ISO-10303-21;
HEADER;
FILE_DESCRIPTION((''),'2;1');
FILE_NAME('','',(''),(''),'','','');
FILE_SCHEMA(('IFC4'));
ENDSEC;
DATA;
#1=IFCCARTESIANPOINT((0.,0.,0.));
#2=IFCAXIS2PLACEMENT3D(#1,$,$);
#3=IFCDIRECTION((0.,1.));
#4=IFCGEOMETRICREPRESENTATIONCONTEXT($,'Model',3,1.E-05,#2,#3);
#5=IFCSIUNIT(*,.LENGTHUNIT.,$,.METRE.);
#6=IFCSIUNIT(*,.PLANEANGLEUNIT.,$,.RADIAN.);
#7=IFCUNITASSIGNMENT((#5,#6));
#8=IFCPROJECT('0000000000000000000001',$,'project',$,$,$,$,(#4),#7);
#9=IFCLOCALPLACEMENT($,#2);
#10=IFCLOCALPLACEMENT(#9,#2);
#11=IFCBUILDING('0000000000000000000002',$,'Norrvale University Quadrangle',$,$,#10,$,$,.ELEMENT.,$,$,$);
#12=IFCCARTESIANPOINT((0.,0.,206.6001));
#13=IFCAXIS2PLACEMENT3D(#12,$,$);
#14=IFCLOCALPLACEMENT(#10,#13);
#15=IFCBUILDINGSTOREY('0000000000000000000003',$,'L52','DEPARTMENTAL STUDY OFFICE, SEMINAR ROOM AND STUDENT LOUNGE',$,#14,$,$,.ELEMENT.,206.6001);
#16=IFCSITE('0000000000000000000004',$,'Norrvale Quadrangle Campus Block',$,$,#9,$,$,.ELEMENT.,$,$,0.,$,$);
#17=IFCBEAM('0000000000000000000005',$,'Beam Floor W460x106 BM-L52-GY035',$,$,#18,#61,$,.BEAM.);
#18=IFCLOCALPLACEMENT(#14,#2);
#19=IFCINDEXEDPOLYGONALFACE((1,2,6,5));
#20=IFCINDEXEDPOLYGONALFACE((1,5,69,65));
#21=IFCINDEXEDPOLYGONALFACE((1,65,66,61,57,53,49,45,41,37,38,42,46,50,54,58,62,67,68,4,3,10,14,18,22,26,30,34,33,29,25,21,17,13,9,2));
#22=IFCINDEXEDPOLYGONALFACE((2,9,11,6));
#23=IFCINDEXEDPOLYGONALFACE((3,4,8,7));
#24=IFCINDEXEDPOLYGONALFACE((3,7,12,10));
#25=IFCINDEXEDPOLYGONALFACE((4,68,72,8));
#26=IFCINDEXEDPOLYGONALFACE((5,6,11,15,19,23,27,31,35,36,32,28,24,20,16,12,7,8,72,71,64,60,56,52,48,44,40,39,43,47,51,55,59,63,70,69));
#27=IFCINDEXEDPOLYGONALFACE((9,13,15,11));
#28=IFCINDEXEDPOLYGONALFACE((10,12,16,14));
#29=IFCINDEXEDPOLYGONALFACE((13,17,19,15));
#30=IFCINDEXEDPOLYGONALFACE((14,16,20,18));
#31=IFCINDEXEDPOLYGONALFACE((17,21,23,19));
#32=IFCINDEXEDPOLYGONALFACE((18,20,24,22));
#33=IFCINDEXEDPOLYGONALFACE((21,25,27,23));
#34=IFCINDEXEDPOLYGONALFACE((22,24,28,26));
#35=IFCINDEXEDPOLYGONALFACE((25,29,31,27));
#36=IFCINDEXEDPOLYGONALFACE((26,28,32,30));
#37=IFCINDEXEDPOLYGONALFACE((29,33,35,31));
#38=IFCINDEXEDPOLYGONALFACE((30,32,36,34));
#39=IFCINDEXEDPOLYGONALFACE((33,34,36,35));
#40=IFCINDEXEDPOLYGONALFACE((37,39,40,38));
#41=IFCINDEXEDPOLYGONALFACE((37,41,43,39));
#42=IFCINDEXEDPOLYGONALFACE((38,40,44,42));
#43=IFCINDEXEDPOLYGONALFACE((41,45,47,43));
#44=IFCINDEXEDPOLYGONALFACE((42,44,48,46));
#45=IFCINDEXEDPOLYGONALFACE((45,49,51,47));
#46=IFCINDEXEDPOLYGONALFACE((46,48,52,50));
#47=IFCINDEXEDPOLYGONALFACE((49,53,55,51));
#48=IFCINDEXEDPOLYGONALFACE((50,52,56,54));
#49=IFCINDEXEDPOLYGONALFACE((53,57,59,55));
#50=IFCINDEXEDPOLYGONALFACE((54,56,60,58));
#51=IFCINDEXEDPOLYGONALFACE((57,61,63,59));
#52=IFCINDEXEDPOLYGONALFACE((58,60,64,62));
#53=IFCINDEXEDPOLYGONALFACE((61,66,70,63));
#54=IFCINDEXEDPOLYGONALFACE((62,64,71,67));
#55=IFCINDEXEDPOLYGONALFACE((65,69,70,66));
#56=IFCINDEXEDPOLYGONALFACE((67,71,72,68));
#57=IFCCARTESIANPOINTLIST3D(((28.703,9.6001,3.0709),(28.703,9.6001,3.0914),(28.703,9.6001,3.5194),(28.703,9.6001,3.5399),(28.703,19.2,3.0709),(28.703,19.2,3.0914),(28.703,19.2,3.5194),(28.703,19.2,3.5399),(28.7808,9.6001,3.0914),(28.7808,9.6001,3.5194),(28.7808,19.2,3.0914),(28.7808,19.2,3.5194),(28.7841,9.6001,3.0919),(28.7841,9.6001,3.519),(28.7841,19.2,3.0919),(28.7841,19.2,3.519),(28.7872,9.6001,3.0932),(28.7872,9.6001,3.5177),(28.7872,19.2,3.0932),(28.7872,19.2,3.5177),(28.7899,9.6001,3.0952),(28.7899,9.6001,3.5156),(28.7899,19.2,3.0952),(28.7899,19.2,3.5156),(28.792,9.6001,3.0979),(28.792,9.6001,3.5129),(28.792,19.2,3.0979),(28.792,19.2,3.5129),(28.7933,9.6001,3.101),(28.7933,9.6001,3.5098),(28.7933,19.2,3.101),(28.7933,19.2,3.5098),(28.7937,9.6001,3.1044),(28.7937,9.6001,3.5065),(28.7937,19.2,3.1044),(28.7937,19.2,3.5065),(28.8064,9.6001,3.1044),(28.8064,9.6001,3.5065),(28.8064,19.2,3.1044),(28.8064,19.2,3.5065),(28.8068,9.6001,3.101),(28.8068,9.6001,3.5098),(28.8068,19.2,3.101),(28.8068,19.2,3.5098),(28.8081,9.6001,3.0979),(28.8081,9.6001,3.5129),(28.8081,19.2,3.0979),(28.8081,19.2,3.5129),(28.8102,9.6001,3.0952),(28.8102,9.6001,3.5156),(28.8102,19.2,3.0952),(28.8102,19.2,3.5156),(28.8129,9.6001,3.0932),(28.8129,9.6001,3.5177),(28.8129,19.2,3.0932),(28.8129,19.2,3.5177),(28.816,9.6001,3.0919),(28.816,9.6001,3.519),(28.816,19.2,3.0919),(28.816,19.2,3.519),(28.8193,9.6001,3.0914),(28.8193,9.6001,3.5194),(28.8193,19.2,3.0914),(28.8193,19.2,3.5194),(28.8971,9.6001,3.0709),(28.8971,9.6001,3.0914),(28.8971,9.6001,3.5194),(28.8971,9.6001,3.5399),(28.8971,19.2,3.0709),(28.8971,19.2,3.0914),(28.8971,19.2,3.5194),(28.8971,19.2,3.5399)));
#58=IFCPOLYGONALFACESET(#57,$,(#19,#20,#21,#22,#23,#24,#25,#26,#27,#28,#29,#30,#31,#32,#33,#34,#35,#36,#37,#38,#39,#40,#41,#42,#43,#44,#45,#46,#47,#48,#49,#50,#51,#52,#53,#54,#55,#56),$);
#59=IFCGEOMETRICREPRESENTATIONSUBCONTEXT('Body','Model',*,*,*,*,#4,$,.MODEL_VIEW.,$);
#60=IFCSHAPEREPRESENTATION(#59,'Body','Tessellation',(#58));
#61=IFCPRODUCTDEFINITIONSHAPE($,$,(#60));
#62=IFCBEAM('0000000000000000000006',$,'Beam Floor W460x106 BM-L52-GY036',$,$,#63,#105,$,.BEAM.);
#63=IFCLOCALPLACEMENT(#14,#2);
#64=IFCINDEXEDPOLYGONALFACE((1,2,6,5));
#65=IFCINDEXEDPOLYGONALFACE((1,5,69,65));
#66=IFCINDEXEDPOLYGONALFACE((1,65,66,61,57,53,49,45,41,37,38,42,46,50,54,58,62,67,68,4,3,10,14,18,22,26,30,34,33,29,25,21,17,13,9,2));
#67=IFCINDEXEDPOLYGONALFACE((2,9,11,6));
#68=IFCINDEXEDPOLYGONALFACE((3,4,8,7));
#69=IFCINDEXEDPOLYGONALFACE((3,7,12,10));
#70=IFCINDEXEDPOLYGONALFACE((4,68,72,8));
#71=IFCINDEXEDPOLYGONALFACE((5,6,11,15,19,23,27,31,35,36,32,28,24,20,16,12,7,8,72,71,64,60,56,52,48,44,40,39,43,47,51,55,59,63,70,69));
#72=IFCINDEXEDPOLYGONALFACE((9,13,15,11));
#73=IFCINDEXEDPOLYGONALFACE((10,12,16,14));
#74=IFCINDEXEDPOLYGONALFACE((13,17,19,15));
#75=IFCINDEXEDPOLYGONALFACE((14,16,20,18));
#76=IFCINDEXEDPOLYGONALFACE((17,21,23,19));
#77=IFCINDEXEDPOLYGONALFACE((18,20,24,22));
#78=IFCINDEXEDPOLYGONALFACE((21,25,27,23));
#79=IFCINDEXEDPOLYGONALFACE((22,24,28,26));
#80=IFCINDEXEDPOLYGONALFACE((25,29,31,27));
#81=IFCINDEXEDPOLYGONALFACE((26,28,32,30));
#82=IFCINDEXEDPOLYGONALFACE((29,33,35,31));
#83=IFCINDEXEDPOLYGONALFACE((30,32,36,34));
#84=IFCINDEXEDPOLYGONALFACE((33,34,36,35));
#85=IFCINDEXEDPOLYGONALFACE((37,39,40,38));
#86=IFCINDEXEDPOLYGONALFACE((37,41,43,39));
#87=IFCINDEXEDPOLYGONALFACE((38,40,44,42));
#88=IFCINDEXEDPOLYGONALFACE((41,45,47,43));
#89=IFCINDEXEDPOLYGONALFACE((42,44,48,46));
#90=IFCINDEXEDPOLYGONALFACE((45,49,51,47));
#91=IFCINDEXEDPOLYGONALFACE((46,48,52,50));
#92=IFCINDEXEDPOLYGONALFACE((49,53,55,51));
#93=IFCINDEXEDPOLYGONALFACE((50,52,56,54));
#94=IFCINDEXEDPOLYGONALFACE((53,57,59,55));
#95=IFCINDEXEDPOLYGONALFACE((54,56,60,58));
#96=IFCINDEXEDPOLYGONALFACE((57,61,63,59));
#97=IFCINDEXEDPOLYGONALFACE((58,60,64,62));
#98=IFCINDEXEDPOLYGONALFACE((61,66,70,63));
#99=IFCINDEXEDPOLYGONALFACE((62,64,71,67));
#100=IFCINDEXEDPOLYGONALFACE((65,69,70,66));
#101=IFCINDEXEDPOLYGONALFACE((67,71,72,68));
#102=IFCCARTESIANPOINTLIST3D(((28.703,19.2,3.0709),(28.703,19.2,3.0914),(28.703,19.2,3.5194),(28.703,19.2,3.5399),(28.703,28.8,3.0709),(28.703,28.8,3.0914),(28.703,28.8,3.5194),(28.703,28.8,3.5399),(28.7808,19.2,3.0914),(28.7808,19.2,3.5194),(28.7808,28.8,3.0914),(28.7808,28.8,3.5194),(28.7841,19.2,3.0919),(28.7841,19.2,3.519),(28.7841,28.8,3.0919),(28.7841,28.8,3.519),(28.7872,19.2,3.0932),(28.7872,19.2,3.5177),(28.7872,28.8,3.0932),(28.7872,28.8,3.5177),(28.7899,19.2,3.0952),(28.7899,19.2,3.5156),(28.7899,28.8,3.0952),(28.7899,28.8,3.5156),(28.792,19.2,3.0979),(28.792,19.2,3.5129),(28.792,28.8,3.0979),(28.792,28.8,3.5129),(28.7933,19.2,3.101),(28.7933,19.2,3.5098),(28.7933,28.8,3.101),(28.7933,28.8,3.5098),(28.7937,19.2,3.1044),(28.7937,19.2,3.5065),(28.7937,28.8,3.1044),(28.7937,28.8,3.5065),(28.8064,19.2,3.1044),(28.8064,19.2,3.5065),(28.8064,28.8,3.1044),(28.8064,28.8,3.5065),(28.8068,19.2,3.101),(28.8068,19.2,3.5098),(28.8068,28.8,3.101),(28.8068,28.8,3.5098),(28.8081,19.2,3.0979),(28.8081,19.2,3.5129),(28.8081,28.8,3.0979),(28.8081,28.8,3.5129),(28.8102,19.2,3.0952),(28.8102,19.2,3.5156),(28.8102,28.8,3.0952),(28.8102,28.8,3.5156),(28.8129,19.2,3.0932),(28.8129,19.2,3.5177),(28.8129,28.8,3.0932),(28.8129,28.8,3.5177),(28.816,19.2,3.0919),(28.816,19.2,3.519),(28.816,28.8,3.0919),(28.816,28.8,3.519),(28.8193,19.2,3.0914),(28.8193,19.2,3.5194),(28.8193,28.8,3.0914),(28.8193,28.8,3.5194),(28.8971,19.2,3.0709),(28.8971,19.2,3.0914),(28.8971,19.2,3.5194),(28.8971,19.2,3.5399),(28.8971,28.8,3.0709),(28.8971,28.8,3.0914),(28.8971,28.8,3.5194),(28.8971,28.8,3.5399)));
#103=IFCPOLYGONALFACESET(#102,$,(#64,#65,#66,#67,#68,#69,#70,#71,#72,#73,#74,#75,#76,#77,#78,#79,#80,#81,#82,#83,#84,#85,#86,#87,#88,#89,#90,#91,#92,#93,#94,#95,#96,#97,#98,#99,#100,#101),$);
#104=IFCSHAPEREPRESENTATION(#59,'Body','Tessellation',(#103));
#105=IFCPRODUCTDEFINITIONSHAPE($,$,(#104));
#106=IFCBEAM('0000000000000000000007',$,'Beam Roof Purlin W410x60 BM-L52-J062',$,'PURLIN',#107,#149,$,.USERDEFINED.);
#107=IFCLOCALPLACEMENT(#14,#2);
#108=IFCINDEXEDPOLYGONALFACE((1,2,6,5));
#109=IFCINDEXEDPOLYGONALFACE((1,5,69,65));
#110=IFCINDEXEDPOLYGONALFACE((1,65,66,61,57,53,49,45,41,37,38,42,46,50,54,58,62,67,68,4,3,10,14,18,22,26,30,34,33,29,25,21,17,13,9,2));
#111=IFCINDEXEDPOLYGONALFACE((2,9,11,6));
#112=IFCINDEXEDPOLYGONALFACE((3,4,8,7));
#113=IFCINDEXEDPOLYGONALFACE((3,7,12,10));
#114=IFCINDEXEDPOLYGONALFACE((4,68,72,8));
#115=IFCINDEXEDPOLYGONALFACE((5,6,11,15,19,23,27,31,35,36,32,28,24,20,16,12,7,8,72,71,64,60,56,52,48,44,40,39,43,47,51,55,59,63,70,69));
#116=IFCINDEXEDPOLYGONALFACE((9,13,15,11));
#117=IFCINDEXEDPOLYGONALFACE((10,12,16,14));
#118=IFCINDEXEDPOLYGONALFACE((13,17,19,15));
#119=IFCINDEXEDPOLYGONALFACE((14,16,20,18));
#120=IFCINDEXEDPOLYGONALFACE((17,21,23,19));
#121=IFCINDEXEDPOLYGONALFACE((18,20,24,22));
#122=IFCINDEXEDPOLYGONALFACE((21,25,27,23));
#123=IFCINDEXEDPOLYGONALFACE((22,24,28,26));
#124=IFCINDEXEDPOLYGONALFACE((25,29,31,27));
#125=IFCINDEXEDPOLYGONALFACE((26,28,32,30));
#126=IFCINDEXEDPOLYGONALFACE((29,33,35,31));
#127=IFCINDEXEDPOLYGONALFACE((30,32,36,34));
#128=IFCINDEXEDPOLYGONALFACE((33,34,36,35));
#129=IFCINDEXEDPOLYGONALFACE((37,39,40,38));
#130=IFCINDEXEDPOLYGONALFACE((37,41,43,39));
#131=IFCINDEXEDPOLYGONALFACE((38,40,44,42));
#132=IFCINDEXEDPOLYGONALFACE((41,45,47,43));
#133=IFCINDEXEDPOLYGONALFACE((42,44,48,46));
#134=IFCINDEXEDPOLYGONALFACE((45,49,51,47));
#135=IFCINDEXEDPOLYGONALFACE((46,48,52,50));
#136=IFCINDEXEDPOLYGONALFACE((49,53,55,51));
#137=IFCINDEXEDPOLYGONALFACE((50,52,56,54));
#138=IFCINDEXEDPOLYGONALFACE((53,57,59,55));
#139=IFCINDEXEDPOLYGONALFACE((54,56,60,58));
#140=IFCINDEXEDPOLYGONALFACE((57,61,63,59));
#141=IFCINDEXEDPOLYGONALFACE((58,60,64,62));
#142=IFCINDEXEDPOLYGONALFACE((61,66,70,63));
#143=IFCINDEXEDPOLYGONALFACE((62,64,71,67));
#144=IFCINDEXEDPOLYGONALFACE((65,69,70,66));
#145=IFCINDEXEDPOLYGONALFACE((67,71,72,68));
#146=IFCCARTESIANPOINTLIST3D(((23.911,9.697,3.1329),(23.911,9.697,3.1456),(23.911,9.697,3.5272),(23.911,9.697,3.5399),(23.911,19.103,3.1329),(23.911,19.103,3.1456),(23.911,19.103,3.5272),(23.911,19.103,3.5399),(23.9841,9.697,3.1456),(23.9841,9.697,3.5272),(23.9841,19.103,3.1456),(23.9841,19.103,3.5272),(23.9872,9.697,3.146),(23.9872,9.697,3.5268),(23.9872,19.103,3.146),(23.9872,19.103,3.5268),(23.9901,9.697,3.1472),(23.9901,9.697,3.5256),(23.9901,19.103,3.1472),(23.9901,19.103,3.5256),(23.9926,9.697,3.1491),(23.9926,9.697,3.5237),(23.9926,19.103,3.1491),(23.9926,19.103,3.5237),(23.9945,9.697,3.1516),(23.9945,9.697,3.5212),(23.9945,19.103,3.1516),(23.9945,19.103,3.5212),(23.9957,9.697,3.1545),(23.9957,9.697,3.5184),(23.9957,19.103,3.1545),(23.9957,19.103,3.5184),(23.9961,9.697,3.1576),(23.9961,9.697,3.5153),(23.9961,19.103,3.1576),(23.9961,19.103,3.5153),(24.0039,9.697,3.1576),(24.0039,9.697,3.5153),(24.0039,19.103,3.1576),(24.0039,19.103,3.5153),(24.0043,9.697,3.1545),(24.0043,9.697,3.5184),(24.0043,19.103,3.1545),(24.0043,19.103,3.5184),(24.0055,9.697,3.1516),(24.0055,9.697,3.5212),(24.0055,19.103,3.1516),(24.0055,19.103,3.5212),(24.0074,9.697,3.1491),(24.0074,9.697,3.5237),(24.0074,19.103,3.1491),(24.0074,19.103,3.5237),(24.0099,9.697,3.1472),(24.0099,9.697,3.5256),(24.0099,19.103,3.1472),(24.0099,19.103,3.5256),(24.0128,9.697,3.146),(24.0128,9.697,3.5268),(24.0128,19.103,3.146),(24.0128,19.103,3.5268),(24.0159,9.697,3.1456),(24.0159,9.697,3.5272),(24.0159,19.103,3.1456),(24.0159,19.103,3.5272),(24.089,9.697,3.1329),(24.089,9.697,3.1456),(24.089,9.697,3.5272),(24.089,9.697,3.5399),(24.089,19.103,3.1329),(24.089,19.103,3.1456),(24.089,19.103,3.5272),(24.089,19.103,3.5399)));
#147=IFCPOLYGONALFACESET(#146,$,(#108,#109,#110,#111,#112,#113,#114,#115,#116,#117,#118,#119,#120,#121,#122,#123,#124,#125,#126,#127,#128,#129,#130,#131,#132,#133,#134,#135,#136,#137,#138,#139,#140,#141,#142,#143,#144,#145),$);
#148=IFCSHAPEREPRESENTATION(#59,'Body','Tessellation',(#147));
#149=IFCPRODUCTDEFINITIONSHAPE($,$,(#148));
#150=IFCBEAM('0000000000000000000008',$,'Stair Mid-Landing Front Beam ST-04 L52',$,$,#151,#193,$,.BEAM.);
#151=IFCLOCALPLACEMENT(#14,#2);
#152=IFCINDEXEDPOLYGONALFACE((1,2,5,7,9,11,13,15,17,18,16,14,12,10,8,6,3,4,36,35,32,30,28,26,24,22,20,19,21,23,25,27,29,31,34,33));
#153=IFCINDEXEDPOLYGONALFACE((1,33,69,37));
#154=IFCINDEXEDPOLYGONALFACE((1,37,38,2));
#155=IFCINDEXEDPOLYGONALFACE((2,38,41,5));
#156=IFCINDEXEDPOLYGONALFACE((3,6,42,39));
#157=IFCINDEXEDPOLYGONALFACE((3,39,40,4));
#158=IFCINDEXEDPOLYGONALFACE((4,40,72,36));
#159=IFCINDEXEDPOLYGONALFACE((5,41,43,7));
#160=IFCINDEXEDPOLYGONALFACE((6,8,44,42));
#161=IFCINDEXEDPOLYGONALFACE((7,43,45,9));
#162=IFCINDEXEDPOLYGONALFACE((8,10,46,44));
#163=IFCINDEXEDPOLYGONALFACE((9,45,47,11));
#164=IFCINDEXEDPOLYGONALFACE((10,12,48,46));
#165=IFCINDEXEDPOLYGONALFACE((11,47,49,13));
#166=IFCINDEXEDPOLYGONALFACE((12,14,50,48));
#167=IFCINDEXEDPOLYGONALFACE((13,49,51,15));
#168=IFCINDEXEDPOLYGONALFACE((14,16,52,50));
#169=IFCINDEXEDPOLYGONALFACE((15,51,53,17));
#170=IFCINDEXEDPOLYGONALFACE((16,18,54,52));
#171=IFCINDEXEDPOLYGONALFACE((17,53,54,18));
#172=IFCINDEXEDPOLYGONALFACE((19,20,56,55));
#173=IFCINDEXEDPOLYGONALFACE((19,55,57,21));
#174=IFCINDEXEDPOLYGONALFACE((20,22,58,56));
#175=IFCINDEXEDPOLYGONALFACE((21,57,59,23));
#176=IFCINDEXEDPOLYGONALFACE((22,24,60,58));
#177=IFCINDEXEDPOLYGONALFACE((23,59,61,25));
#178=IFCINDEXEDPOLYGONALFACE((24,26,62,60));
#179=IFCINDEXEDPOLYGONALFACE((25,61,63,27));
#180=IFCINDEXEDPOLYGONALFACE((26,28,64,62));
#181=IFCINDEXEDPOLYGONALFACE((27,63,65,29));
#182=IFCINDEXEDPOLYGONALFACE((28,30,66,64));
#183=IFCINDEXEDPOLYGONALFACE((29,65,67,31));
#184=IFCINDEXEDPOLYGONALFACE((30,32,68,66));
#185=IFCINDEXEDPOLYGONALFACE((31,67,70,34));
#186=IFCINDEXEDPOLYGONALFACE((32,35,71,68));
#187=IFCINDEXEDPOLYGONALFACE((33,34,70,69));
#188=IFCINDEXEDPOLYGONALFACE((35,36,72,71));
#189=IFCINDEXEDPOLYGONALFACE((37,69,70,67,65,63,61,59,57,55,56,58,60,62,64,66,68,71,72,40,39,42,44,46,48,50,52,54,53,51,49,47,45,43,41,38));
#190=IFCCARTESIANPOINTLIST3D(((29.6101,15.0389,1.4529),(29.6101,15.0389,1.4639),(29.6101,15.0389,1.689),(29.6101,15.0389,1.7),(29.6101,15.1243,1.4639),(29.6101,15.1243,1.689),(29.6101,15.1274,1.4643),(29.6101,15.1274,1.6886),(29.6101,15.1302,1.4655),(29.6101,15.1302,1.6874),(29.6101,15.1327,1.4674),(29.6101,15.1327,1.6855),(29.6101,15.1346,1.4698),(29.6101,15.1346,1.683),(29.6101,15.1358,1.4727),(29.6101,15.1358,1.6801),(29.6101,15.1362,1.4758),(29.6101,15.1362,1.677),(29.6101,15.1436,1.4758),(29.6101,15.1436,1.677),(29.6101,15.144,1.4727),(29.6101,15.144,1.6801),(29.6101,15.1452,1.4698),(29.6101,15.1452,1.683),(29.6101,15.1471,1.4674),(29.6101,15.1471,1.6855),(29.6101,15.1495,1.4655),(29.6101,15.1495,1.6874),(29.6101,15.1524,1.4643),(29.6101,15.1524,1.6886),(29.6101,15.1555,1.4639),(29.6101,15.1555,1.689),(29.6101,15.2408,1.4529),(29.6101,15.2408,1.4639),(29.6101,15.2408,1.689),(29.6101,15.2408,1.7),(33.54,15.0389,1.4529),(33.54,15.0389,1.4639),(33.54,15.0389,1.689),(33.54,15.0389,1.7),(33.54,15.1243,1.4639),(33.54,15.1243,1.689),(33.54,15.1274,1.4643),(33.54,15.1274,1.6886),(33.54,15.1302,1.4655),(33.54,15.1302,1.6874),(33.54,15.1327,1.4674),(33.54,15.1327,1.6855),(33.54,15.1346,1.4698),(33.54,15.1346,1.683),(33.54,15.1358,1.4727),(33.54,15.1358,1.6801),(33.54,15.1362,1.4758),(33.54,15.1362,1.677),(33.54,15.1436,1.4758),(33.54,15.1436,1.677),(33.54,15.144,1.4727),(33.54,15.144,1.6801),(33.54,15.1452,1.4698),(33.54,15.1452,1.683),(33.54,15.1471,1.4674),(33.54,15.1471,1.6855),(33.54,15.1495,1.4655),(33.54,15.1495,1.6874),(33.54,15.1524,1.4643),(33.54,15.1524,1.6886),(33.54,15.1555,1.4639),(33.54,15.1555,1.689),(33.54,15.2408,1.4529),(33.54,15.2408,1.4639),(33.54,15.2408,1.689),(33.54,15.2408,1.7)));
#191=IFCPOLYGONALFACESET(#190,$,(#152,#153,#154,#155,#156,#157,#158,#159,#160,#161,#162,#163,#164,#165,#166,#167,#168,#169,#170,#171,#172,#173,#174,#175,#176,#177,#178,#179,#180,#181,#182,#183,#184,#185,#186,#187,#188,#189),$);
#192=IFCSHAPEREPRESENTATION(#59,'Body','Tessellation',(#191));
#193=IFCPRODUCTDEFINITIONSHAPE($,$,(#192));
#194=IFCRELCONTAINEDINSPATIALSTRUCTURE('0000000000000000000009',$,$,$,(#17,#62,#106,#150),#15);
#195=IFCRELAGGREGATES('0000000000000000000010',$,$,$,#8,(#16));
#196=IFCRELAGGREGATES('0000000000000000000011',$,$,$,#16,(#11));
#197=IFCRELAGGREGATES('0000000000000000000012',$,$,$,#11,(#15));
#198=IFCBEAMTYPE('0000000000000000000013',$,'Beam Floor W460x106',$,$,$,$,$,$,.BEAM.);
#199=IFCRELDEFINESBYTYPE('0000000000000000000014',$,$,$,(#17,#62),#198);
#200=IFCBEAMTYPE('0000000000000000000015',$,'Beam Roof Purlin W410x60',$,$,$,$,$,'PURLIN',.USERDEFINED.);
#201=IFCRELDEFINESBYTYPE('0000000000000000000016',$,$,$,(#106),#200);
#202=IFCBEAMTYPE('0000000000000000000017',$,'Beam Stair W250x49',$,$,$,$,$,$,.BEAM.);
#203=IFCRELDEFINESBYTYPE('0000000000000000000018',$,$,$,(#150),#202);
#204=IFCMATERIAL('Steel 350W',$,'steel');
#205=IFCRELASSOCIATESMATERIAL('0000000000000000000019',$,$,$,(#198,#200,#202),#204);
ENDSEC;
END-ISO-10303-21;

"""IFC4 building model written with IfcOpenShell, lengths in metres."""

from ifc_helpers import new_model, si_unit, direction, frame, origin, origin_2d, place, context, subcontext, project, spatial, i_section, extrude, material, material_profile, profile_set, type_object, element, save


model = new_model("IFC4")

# Units and contexts
model_context = context("Model", 3, precision=1e-05, world=origin(), true_north=direction((0.0, 1.0)))
body_context = subcontext(model_context, "Body", "Model", "MODEL_VIEW")
ifc_project = project(units=[si_unit("LENGTHUNIT", "METRE"), si_unit("PLANEANGLEUNIT", "RADIAN")], contexts=[model_context])

# Site, building, storey
site_placement = place(None, origin())
site = spatial("IfcSite", under=ifc_project, at=site_placement, Name="Norrvale Quadrangle Campus Block", CompositionType="ELEMENT", RefElevation=0.0)
building_placement = place(site_placement, origin())
building = spatial("IfcBuilding", under=site, at=building_placement, Name="Norrvale University Quadrangle", CompositionType="ELEMENT")
storey_placement = place(building_placement, frame((0.0, 0.0, 206.6001)))
storey = spatial("IfcBuildingStorey", under=building, at=storey_placement, Name="L52", Description="DEPARTMENTAL STUDY OFFICE, SEMINAR ROOM AND STUDENT LOUNGE", CompositionType="ELEMENT", Elevation=206.6001)

# Beams
ifc_material_1 = material(Name="Steel 350W", Category="steel")
ifc_material_profile_1 = material_profile(ifc_material_1, i_section(OverallWidth=0.1941, OverallDepth=0.469, WebThickness=0.0127, FlangeThickness=0.0205, FilletRadius=0.0129, at=origin_2d()), Name="Steel 350W")
ifc_profile_set_1 = profile_set([ifc_material_profile_1], Name="Steel 350W")
beam_type_1 = type_object("IfcBeamType", Name="Beam Floor W460x106", PredefinedType="BEAM", material=ifc_profile_set_1)
beam_1_placement = place(storey_placement, frame((28.8, 9.6001, 3.3054), z_axis=(0.0, 1.0, 0.0), x_axis=(-1.0, 0.0, 0.0)))
element("IfcBeam", 1, at=beam_1_placement, inside=storey, type_object=beam_type_1, Name="Beam Floor W460x106 BM-L52-GY035", PredefinedType="BEAM", context=body_context, shape_type="SweptSolid", body=[
    extrude(i_section(OverallWidth=0.1941, OverallDepth=0.469, WebThickness=0.0127, FlangeThickness=0.0205, FilletRadius=0.0129, at=origin_2d()), origin(), (0.0, 0.0, 1.0), 9.5999),
])
beam_2_placement = place(storey_placement, frame((28.8, 19.2, 3.3054), z_axis=(0.0, 1.0, 0.0), x_axis=(-1.0, 0.0, 0.0)))
element("IfcBeam", 2, at=beam_2_placement, inside=storey, type_object=beam_type_1, Name="Beam Floor W460x106 BM-L52-GY036", PredefinedType="BEAM", context=body_context, shape_type="SweptSolid", body=[
    extrude(i_section(OverallWidth=0.1941, OverallDepth=0.469, WebThickness=0.0127, FlangeThickness=0.0205, FilletRadius=0.0129, at=origin_2d()), origin(), (0.0, 0.0, 1.0), 9.6001),
])
ifc_material_profile_2 = material_profile(ifc_material_1, i_section(OverallWidth=0.178, OverallDepth=0.407, WebThickness=0.0078, FlangeThickness=0.0127, FilletRadius=0.012, at=origin_2d()), Name="Steel 350W")
ifc_profile_set_2 = profile_set([ifc_material_profile_2], Name="Steel 350W")
beam_type_2 = type_object("IfcBeamType", Name="Beam Roof Purlin W410x60", ElementType="PURLIN", PredefinedType="USERDEFINED", material=ifc_profile_set_2)
beam_3_placement = place(storey_placement, frame((24.0, 9.697, 3.3364), z_axis=(0.0, 1.0, 0.0), x_axis=(-1.0, 0.0, 0.0)))
element("IfcBeam", 3, at=beam_3_placement, inside=storey, type_object=beam_type_2, Name="Beam Roof Purlin W410x60 BM-L52-J062", ObjectType="PURLIN", PredefinedType="USERDEFINED", context=body_context, shape_type="SweptSolid", body=[
    extrude(i_section(OverallWidth=0.178, OverallDepth=0.407, WebThickness=0.0078, FlangeThickness=0.0127, FilletRadius=0.012, at=origin_2d()), origin(), (0.0, 0.0, 1.0), 9.406),
])
ifc_material_profile_3 = material_profile(ifc_material_1, i_section(OverallWidth=0.2019, OverallDepth=0.2471, WebThickness=0.0073, FlangeThickness=0.011, FilletRadius=0.012, at=origin_2d()), Name="Steel 350W")
ifc_profile_set_3 = profile_set([ifc_material_profile_3], Name="Steel 350W")
beam_type_3 = type_object("IfcBeamType", Name="Beam Stair W250x49", PredefinedType="BEAM", material=ifc_profile_set_3)
for number, where, z_axis, x_axis, name in (
    (4, (29.6101, 15.1399, 1.5764), (1.0, 0.0, 0.0), (0.0, 1.0, 0.0), "Stair Mid-Landing Front Beam ST-04 L52"),
):
    element("IfcBeam", number, at=place(storey_placement, frame(where, z_axis=z_axis, x_axis=x_axis)), inside=storey, type_object=beam_type_3, Name=name, PredefinedType="BEAM", context=body_context, shape_type="SweptSolid", body=[
        extrude(i_section(OverallWidth=0.2019, OverallDepth=0.2471, WebThickness=0.0073, FlangeThickness=0.011, FilletRadius=0.012, at=origin_2d()), origin(), (0.0, 0.0, 1.0), 3.9299),
    ])

save(model, "model.ifc")
